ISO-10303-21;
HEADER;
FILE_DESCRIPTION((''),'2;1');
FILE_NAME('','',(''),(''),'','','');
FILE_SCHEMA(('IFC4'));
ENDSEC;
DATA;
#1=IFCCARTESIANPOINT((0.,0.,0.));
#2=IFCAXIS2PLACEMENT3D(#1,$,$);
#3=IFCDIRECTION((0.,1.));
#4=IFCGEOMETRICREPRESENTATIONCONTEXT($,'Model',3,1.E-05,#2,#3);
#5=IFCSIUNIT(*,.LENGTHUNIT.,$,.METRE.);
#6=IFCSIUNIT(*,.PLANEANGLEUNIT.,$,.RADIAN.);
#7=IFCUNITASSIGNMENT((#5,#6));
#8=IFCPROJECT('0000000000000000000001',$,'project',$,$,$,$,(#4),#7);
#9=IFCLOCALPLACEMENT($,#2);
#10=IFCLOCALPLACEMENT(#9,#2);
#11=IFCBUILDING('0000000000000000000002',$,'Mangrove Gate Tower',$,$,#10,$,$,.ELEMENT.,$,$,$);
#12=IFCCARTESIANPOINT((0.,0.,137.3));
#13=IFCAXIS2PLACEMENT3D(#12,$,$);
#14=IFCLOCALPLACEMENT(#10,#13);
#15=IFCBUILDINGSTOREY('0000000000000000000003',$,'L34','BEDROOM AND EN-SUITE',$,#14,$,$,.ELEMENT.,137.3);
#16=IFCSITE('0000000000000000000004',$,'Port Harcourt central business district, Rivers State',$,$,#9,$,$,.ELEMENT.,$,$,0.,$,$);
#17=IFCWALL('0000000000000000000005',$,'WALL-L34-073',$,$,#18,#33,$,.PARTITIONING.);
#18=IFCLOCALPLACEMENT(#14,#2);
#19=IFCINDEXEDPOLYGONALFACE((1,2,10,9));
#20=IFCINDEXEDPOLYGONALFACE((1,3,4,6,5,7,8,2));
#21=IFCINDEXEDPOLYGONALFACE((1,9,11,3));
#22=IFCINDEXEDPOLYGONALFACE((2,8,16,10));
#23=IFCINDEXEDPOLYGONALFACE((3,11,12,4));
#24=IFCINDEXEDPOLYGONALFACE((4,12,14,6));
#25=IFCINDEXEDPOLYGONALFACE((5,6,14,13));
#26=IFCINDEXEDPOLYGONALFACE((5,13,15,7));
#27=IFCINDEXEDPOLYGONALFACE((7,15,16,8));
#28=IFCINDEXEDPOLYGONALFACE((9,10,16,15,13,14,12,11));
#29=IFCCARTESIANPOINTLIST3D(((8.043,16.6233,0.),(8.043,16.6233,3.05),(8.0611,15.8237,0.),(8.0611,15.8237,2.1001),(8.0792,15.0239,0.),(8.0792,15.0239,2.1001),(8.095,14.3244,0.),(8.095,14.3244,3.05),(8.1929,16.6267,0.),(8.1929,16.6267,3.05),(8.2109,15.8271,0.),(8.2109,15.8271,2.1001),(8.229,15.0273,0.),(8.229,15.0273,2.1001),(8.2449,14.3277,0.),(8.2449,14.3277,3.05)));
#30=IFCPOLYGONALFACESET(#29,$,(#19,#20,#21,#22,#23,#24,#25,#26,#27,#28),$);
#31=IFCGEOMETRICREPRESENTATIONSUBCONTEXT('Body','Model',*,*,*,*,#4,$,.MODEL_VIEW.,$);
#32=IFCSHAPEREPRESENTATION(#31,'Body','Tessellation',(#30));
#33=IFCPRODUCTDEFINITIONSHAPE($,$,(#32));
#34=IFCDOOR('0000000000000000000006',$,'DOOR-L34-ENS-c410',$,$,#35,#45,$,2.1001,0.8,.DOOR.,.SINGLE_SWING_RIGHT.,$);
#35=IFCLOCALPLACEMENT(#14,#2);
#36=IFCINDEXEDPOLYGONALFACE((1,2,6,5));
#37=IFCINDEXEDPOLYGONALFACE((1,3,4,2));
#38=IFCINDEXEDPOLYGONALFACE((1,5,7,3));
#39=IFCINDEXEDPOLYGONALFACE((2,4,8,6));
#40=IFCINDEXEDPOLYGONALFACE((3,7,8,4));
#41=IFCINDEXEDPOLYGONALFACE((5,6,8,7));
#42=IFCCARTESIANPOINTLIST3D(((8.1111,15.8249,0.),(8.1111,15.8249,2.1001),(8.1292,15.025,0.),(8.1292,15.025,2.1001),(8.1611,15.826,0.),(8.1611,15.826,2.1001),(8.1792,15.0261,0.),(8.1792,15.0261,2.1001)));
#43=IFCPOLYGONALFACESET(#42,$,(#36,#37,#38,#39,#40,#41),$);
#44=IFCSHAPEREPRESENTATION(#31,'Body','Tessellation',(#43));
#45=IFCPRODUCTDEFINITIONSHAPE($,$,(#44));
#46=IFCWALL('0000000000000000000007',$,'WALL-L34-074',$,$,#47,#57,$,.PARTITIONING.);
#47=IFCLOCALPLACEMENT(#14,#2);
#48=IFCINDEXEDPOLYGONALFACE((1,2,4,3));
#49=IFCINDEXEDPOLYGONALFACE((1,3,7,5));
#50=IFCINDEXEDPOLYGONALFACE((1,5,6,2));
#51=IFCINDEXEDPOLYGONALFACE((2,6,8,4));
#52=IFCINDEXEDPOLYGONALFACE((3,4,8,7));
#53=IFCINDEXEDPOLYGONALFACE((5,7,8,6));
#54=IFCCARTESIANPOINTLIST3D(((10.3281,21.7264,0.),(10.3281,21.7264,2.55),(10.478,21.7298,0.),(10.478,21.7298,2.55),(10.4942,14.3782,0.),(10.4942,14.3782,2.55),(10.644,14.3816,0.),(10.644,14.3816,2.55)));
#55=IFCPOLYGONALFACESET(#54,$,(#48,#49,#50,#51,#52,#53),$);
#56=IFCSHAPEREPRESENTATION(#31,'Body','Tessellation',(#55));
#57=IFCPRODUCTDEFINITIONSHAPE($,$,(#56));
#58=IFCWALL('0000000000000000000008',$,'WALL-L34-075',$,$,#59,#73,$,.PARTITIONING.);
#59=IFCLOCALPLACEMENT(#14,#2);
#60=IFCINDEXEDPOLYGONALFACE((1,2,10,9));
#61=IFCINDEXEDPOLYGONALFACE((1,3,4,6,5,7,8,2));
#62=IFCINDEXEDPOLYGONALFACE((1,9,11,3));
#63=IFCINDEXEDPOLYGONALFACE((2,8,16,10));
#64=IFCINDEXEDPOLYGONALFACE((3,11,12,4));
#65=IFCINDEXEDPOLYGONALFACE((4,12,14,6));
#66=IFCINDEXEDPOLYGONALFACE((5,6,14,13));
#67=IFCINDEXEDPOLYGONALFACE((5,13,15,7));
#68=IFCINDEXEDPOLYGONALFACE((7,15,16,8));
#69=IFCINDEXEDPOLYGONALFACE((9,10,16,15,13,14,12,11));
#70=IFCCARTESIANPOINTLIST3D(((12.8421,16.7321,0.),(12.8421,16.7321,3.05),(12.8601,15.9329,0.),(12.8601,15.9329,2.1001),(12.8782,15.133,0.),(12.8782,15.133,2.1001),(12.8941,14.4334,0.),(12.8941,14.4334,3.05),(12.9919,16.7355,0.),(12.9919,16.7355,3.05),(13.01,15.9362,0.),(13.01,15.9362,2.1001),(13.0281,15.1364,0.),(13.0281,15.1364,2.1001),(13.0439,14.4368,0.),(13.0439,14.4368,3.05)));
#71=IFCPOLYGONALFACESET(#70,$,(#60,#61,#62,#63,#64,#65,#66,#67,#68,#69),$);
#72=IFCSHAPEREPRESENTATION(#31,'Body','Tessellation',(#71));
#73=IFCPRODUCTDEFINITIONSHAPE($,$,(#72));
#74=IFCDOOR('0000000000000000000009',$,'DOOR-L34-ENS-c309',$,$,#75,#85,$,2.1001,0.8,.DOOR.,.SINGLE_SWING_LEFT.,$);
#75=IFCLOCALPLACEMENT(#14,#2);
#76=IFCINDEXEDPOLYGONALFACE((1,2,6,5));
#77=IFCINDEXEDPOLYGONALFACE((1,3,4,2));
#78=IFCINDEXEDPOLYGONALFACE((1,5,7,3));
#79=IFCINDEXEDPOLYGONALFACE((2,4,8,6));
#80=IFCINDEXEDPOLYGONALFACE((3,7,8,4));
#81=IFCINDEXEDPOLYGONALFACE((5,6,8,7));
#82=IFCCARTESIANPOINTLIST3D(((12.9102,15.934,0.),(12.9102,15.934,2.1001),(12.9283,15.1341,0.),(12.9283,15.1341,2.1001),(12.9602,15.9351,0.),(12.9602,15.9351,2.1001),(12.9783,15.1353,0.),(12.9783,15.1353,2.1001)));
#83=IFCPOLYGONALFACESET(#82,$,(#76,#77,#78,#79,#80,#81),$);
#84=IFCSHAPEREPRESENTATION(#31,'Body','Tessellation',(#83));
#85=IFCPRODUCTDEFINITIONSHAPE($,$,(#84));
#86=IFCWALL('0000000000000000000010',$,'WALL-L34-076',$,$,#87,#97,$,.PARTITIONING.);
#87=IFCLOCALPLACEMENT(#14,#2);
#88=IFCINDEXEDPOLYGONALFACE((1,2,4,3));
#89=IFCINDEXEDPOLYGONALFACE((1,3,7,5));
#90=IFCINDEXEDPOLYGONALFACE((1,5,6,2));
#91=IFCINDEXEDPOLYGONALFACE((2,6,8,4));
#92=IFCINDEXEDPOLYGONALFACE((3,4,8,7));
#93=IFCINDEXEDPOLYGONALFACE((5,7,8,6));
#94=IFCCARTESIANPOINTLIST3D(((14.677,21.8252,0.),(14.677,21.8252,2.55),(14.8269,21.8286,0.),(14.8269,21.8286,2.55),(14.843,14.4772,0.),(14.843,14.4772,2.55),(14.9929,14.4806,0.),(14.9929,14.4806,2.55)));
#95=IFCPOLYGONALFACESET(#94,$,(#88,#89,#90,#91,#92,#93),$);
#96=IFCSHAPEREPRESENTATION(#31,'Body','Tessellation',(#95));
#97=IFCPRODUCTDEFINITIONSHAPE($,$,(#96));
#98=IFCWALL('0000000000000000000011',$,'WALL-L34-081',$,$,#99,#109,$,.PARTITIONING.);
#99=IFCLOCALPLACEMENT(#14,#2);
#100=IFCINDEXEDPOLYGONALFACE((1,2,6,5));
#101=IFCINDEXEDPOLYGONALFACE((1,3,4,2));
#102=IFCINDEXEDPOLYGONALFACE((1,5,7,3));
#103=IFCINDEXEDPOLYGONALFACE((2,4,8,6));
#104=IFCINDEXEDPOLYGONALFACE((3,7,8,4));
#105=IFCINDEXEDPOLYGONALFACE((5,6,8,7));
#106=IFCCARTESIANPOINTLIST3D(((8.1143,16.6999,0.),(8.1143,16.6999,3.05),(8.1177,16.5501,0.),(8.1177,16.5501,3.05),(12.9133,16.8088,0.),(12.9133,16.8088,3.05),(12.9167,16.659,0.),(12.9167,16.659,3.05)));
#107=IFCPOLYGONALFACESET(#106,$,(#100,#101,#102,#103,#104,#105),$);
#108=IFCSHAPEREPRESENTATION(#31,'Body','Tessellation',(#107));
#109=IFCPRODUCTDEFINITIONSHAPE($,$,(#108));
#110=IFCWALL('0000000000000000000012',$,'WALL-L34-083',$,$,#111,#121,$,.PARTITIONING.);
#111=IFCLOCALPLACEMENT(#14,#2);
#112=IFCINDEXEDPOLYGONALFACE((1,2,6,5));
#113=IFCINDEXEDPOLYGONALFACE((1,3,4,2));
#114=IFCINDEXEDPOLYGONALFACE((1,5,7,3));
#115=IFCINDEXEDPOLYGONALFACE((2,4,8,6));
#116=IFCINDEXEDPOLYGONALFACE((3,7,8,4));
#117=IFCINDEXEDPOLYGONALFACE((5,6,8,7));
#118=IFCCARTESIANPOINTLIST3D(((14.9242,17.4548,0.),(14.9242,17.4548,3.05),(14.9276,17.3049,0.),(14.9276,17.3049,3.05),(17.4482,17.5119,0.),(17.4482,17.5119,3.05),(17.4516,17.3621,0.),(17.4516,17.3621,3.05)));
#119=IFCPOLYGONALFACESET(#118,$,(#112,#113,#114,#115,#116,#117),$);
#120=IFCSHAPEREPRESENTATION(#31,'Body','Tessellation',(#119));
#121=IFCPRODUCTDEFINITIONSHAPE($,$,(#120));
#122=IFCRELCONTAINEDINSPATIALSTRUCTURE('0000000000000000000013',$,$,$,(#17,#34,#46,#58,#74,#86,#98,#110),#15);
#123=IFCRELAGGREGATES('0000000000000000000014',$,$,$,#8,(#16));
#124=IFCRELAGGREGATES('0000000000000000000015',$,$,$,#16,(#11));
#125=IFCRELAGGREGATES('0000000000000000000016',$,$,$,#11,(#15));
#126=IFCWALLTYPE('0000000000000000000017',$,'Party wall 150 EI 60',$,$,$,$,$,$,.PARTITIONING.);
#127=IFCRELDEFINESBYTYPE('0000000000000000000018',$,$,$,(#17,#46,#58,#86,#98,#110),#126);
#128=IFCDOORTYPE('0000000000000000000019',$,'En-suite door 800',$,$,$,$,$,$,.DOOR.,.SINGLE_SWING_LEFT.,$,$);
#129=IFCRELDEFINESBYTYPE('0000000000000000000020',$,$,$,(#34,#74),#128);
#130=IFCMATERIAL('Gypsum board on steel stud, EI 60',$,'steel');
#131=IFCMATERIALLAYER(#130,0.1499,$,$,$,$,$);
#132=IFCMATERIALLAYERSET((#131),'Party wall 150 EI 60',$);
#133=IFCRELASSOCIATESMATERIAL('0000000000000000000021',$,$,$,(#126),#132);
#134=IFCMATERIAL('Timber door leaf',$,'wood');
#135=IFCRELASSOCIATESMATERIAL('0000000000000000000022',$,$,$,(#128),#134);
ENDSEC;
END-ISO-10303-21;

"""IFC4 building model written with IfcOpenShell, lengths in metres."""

from ifc_helpers import new_model, si_unit, direction, frame, frame_2d, origin, place, context, subcontext, project, spatial, rectangle, extrude, material, layer, layer_set, type_object, element, fill, save


model = new_model("IFC4")

# Units and contexts
model_context = context("Model", 3, precision=1e-05, world=origin(), true_north=direction((0.0, 1.0)))
body_context = subcontext(model_context, "Body", "Model", "MODEL_VIEW")
ifc_project = project(units=[si_unit("LENGTHUNIT", "METRE"), si_unit("PLANEANGLEUNIT", "RADIAN")], contexts=[model_context])

# Site, building, storey
site_placement = place(None, origin())
site = spatial("IfcSite", under=ifc_project, at=site_placement, Name="Port Harcourt central business district, Rivers State", CompositionType="ELEMENT", RefElevation=0.0)
building_placement = place(site_placement, origin())
building = spatial("IfcBuilding", under=site, at=building_placement, Name="Mangrove Gate Tower", CompositionType="ELEMENT")
storey_placement = place(building_placement, frame((0.0, 0.0, 137.3)))
storey = spatial("IfcBuildingStorey", under=building, at=storey_placement, Name="L34", Description="BEDROOM AND EN-SUITE", CompositionType="ELEMENT", Elevation=137.3)

# Shared definitions
ifc_material_1 = material(Name="Gypsum board on steel stud, EI 60", Category="steel")
ifc_layer_1 = layer(ifc_material_1, 0.1499)
ifc_layer_set_1 = layer_set([ifc_layer_1], Name="Party wall 150 EI 60")
wall_type_1 = type_object("IfcWallType", Name="Party wall 150 EI 60", PredefinedType="PARTITIONING", material=ifc_layer_set_1)
ifc_material_2 = material(Name="Timber door leaf", Category="wood")
door_type = type_object("IfcDoorType", Name="En-suite door 800", OperationType="SINGLE_SWING_LEFT", PredefinedType="DOOR", material=ifc_material_2)

# Wall, opening, door
wall_1_placement = place(storey_placement, frame((8.1699, 14.3259, 0.0), z_axis=(0.0, 0.0, 1.0), x_axis=(-0.022613, 0.999744, 0.0)))
wall_1 = element("IfcWall", 1, at=wall_1_placement, inside=storey, type_object=wall_type_1, Name="WALL-L34-073", PredefinedType="PARTITIONING", context=body_context, shape_type="SweptSolid", body=[
    extrude(rectangle(XDim=2.2996, YDim=0.1499, at=frame_2d((1.1499, 0.0))), origin(), (0.0, 0.0, 1.0), 3.05),
])
opening_1_placement = place(wall_1_placement, frame((0.7, 0.0, 0.0)))
opening_1 = element("IfcOpeningElement", 2, at=opening_1_placement, cuts=wall_1, PredefinedType="OPENING", context=body_context, shape_type="SweptSolid", body=[
    extrude(rectangle(XDim=0.8, YDim=2.1001, at=frame_2d((0.3999, 1.05))), frame((0.0, 0.085, 0.0), z_axis=(0.0, -1.0, 0.0), x_axis=(1.0, 0.0, 0.0)), (0.0, 0.0, 1.0), 0.1699),
])
door_1_placement = place(opening_1_placement, origin())
door_1 = element("IfcDoor", 3, at=door_1_placement, inside=storey, type_object=door_type, Name="DOOR-L34-ENS-c410", OperationType="SINGLE_SWING_RIGHT", OverallHeight=2.1001, OverallWidth=0.8, PredefinedType="DOOR", context=body_context, shape_type="SweptSolid", body=[
    extrude(rectangle(XDim=0.8, YDim=2.1001, at=frame_2d((0.3999, 1.05))), frame((0.0, 0.0249, 0.0), z_axis=(0.0, -1.0, 0.0), x_axis=(1.0, 0.0, 0.0)), (0.0, 0.0, 1.0), 0.05),
])
fill(opening_1, door_1)

# Wall
wall_2_placement = place(storey_placement, frame((10.5691, 14.3799, 0.0), z_axis=(0.0, 0.0, 1.0), x_axis=(-0.022587, 0.999745, 0.0)))
element("IfcWall", 4, at=wall_2_placement, inside=storey, type_object=wall_type_1, Name="WALL-L34-074", PredefinedType="PARTITIONING", context=body_context, shape_type="SweptSolid", body=[
    extrude(rectangle(XDim=7.3501, YDim=0.1499, at=frame_2d((3.675, 0.0))), origin(), (0.0, 0.0, 1.0), 2.55),
])

# Wall, opening, door
wall_3_placement = place(storey_placement, frame((12.969, 14.4351, 0.0), z_axis=(0.0, 0.0, 1.0), x_axis=(-0.022615, 0.999744, 0.0)))
wall_3 = element("IfcWall", 5, at=wall_3_placement, inside=storey, type_object=wall_type_1, Name="WALL-L34-075", PredefinedType="PARTITIONING", context=body_context, shape_type="SweptSolid", body=[
    extrude(rectangle(XDim=2.2993, YDim=0.1499, at=frame_2d((1.1497, 0.0))), origin(), (0.0, 0.0, 1.0), 3.05),
])
opening_2_placement = place(wall_3_placement, frame((0.7, 0.0, 0.0)))
opening_2 = element("IfcOpeningElement", 6, at=opening_2_placement, cuts=wall_3, PredefinedType="OPENING", context=body_context, shape_type="SweptSolid", body=[
    extrude(rectangle(XDim=0.8, YDim=2.1001, at=frame_2d((0.3999, 1.05))), frame((0.0, 0.085, 0.0), z_axis=(0.0, -1.0, 0.0), x_axis=(1.0, 0.0, 0.0)), (0.0, 0.0, 1.0), 0.1699),
])
door_2_placement = place(opening_2_placement, origin())
door_2 = element("IfcDoor", 7, at=door_2_placement, inside=storey, type_object=door_type, Name="DOOR-L34-ENS-c309", OperationType="SINGLE_SWING_LEFT", OverallHeight=2.1001, OverallWidth=0.8, PredefinedType="DOOR", context=body_context, shape_type="SweptSolid", body=[
    extrude(rectangle(XDim=0.8, YDim=2.1001, at=frame_2d((0.3999, 1.05))), frame((0.0, 0.0249, 0.0), z_axis=(0.0, -1.0, 0.0), x_axis=(1.0, 0.0, 0.0)), (0.0, 0.0, 1.0), 0.05),
])
fill(opening_2, door_2)

# Walls
wall_4_placement = place(storey_placement, frame((14.918, 14.479, 0.0), z_axis=(0.0, 0.0, 1.0), x_axis=(-0.022588, 0.999745, 0.0)))
element("IfcWall", 8, at=wall_4_placement, inside=storey, type_object=wall_type_1, Name="WALL-L34-076", PredefinedType="PARTITIONING", context=body_context, shape_type="SweptSolid", body=[
    extrude(rectangle(XDim=7.3499, YDim=0.1499, at=frame_2d((3.6748, 0.0))), origin(), (0.0, 0.0, 1.0), 2.55),
])
wall_5_placement = place(storey_placement, frame((8.116, 16.625, 0.0), z_axis=(0.0, 0.0, 1.0), x_axis=(0.999743, 0.022683, 0.0)))
element("IfcWall", 9, at=wall_5_placement, inside=storey, type_object=wall_type_1, Name="WALL-L34-081", PredefinedType="PARTITIONING", context=body_context, shape_type="SweptSolid", body=[
    extrude(rectangle(XDim=4.8003, YDim=0.1499, at=frame_2d((2.4001, 0.0))), origin(), (0.0, 0.0, 1.0), 3.05),
])
wall_6_placement = place(storey_placement, frame((14.926, 17.3799, 0.0), z_axis=(0.0, 0.0, 1.0), x_axis=(0.999744, 0.022629, 0.0)))
element("IfcWall", 10, at=wall_6_placement, inside=storey, type_object=wall_type_1, Name="WALL-L34-083", PredefinedType="PARTITIONING", context=body_context, shape_type="SweptSolid", body=[
    extrude(rectangle(XDim=2.5247, YDim=0.1499, at=frame_2d((1.2622, 0.0))), origin(), (0.0, 0.0, 1.0), 3.05),
])

save(model, "model.ifc")
